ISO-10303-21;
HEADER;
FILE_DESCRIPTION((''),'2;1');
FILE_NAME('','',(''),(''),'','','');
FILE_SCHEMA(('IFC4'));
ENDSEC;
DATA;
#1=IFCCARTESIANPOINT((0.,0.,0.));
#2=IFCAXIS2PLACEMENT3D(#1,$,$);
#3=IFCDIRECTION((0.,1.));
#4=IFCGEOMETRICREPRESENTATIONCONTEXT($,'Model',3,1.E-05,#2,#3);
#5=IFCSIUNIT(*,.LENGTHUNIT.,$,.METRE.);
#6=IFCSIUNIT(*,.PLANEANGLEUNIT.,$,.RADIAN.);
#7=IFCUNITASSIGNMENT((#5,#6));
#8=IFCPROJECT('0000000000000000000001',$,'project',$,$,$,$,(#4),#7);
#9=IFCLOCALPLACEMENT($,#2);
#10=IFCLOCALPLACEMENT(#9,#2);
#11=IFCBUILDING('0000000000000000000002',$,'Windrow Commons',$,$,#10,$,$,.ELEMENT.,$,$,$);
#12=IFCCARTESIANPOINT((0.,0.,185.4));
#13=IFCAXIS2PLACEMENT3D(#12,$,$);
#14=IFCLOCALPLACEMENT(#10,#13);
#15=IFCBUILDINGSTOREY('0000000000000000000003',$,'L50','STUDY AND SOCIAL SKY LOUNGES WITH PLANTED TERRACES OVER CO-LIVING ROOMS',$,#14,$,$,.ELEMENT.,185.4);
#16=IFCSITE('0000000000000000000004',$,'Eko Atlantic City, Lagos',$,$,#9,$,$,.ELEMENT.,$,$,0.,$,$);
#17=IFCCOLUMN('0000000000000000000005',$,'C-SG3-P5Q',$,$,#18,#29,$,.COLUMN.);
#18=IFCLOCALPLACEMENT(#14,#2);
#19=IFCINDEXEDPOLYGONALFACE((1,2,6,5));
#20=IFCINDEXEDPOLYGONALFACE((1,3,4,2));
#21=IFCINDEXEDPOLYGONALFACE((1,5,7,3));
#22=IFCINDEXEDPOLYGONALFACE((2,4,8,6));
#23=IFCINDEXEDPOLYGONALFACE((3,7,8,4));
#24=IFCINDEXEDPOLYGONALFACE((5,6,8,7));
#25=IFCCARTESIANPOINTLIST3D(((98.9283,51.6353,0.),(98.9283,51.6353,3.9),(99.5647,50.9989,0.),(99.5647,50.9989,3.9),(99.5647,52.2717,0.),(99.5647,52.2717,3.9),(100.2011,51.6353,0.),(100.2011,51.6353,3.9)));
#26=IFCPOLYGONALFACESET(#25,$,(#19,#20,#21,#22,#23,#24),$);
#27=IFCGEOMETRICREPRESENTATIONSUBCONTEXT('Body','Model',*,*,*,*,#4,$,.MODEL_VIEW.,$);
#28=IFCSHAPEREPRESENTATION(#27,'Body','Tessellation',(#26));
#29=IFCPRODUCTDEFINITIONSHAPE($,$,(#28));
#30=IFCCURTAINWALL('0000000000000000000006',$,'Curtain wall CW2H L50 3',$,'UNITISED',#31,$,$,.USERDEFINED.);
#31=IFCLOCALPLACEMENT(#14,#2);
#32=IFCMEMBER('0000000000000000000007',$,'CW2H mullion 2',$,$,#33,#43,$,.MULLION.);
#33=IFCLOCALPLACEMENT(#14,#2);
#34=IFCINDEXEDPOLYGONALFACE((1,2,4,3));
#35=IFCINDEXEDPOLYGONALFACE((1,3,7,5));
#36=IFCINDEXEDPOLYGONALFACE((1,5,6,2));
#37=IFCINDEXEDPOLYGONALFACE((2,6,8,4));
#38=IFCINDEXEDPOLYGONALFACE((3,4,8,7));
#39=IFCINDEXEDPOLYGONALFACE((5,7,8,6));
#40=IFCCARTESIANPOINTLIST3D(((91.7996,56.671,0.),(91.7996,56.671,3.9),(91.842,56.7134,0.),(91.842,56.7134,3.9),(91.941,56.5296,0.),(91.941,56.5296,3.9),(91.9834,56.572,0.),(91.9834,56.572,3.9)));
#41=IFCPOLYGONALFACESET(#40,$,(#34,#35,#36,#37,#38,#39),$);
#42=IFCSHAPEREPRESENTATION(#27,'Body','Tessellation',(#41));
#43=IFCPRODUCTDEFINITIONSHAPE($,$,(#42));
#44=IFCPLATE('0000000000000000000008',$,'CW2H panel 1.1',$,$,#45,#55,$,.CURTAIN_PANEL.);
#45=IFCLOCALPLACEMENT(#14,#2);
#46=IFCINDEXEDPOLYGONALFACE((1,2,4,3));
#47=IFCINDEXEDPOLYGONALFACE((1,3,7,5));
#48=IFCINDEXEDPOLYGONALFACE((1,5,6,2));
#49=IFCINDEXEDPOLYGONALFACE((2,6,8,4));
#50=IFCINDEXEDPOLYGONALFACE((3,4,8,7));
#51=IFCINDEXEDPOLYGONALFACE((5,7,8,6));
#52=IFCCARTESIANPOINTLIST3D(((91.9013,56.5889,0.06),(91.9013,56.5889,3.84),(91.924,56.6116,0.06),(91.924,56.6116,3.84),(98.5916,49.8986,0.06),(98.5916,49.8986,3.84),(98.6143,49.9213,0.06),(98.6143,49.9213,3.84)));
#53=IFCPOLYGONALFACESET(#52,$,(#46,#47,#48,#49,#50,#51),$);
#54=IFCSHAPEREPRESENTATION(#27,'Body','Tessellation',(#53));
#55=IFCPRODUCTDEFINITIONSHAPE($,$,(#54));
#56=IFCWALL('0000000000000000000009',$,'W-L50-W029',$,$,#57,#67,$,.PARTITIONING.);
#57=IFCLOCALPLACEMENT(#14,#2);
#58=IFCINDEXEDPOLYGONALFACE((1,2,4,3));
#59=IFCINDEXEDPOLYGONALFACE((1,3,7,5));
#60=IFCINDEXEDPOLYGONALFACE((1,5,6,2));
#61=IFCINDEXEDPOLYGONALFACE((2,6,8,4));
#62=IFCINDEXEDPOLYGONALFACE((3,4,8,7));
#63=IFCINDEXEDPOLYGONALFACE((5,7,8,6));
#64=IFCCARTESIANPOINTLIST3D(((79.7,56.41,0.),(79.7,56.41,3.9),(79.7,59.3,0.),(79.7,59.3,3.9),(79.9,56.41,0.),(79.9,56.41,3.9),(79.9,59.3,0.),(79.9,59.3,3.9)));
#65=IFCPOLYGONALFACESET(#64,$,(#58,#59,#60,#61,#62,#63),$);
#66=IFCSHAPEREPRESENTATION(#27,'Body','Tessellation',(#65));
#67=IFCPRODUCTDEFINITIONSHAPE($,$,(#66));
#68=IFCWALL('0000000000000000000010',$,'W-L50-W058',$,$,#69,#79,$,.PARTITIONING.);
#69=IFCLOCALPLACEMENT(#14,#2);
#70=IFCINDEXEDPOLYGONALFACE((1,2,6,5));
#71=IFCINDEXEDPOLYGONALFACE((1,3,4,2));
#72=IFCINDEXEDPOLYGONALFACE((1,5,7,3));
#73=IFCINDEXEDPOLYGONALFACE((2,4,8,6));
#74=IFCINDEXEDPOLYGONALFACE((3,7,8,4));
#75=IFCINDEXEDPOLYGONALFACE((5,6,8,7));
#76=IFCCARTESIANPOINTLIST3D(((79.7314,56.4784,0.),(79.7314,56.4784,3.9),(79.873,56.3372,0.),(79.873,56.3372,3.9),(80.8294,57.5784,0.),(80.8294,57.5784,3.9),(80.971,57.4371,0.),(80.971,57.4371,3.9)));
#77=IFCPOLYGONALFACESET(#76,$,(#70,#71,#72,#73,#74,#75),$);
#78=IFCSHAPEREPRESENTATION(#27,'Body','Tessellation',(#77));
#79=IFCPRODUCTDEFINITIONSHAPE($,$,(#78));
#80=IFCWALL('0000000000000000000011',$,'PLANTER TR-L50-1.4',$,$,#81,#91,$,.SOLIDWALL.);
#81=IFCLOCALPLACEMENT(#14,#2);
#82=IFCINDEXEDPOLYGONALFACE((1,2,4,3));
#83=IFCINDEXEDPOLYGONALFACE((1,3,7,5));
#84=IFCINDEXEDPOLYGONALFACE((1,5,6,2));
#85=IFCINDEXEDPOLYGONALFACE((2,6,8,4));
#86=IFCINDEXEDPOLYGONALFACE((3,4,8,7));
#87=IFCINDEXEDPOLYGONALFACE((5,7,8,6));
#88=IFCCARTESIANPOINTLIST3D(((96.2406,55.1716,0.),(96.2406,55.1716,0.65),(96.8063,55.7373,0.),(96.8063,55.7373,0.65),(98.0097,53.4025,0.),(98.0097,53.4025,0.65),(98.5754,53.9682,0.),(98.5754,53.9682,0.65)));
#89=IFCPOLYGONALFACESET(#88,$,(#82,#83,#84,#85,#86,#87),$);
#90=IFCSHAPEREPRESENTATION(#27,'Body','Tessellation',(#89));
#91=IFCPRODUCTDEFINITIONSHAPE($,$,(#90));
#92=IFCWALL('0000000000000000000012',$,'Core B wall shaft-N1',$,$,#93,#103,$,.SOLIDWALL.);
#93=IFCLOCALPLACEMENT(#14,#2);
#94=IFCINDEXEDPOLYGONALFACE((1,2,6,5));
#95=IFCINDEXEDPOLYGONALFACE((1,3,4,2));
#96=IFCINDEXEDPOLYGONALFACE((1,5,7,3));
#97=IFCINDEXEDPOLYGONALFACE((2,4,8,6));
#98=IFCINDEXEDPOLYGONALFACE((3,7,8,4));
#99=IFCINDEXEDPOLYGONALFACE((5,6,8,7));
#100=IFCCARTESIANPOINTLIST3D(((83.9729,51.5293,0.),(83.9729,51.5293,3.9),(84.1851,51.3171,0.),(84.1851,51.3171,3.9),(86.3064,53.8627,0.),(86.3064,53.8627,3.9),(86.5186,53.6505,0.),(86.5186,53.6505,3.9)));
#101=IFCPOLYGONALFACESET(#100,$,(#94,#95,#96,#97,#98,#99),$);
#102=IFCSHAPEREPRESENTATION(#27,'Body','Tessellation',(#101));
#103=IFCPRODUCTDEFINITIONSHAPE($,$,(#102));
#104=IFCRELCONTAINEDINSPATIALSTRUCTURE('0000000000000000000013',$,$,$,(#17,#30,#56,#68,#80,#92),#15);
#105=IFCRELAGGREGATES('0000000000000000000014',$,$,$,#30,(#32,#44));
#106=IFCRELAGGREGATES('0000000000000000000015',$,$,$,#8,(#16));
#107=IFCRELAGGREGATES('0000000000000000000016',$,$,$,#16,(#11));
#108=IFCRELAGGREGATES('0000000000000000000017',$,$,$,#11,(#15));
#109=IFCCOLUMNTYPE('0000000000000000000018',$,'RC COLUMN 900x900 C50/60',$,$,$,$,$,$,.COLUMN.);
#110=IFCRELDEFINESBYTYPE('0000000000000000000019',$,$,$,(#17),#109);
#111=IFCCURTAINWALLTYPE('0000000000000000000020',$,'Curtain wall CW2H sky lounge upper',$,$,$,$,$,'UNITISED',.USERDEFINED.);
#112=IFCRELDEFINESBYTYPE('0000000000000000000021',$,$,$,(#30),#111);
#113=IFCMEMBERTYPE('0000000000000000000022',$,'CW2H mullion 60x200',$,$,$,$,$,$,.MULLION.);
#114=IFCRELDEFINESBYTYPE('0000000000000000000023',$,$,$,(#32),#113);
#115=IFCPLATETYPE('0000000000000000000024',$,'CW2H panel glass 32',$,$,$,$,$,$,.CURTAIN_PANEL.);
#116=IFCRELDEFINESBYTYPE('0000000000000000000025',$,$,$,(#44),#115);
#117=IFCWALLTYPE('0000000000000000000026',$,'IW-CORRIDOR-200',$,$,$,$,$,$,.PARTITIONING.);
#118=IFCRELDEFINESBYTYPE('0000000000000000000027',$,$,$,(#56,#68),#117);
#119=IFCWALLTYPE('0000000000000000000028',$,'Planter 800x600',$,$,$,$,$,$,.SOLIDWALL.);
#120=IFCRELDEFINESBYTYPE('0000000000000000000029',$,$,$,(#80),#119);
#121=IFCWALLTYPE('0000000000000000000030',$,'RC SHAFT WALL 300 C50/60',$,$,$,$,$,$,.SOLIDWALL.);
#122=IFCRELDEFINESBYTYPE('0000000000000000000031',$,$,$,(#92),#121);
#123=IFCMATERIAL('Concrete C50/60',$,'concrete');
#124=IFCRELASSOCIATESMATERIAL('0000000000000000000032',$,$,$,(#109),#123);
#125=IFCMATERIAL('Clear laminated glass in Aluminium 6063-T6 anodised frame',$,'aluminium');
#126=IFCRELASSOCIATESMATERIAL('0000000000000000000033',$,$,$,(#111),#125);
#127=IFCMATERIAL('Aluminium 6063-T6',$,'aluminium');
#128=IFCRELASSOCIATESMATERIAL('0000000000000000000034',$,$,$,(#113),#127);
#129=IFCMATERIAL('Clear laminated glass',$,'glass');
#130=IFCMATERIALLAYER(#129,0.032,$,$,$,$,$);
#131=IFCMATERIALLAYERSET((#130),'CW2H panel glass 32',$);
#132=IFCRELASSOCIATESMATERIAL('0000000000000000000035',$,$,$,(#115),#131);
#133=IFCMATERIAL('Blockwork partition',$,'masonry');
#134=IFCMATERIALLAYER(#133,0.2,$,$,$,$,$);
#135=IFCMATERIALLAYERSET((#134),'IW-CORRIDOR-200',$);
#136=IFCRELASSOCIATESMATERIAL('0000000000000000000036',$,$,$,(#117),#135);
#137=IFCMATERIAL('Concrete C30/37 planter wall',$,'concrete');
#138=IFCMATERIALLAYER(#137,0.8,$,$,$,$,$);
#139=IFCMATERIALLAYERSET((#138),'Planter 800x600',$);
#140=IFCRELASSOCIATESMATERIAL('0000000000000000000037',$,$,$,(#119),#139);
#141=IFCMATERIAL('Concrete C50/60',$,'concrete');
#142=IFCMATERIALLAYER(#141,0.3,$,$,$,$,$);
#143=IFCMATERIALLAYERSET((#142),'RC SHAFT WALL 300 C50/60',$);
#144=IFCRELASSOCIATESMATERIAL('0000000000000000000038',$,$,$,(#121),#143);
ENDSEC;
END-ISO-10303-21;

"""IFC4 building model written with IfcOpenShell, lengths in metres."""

from ifc_helpers import new_model, si_unit, direction, frame, frame_2d, origin, origin_2d, place, context, subcontext, project, spatial, rectangle, extrude, material, layer, layer_set, material_profile, profile_set, type_object, element, aggregate, save


model = new_model("IFC4")

# Units and contexts
model_context = context("Model", 3, precision=1e-05, world=origin(), true_north=direction((0.0, 1.0)))
body_context = subcontext(model_context, "Body", "Model", "MODEL_VIEW")
ifc_project = project(units=[si_unit("LENGTHUNIT", "METRE"), si_unit("PLANEANGLEUNIT", "RADIAN")], contexts=[model_context])

# Site, building, storey
site_placement = place(None, origin())
site = spatial("IfcSite", under=ifc_project, at=site_placement, Name="Eko Atlantic City, Lagos", CompositionType="ELEMENT", RefElevation=0.0)
building_placement = place(site_placement, origin())
building = spatial("IfcBuilding", under=site, at=building_placement, Name="Windrow Commons", CompositionType="ELEMENT")
storey_placement = place(building_placement, frame((0.0, 0.0, 185.4)))
storey = spatial("IfcBuildingStorey", under=building, at=storey_placement, Name="L50", Description="STUDY AND SOCIAL SKY LOUNGES WITH PLANTED TERRACES OVER CO-LIVING ROOMS", CompositionType="ELEMENT", Elevation=185.4)

# Column
ifc_material_1 = material(Name="Concrete C50/60", Category="concrete")
ifc_material_profile_1 = material_profile(ifc_material_1, rectangle(XDim=0.9, YDim=0.9, at=origin_2d()))
ifc_profile_set_1 = profile_set([ifc_material_profile_1], Name="Concrete C50/60")
column_type = type_object("IfcColumnType", Name="RC COLUMN 900x900 C50/60", PredefinedType="COLUMN", material=ifc_profile_set_1)
column_placement = place(storey_placement, frame((99.5647, 51.6353, 0.0), z_axis=(0.0, 0.0, 1.0), x_axis=(0.707107, -0.707107, 0.0)))
element("IfcColumn", 1, at=column_placement, inside=storey, type_object=column_type, Name="C-SG3-P5Q", PredefinedType="COLUMN", context=body_context, shape_type="SweptSolid", body=[
    extrude(rectangle(XDim=0.9, YDim=0.9, at=origin_2d()), origin(), (0.0, 0.0, 1.0), 3.9),
])

# Curtain wall, member, plate
ifc_material_2 = material(Name="Clear laminated glass in Aluminium 6063-T6 anodised frame", Category="aluminium")
curtain_wall_type = type_object("IfcCurtainWallType", Name="Curtain wall CW2H sky lounge upper", ElementType="UNITISED", PredefinedType="USERDEFINED", material=ifc_material_2)
placement = place(storey_placement, origin())
curtain_wall = element("IfcCurtainWall", 2, at=placement, inside=storey, type_object=curtain_wall_type, Name="Curtain wall CW2H L50 3", ObjectType="UNITISED", PredefinedType="USERDEFINED")
ifc_material_3 = material(Name="Aluminium 6063-T6", Category="aluminium")
ifc_material_profile_2 = material_profile(ifc_material_3, rectangle(XDim=0.06, YDim=0.2, at=origin_2d()))
ifc_profile_set_2 = profile_set([ifc_material_profile_2], Name="Aluminium 6063-T6")
member_type = type_object("IfcMemberType", Name="CW2H mullion 60x200", PredefinedType="MULLION", material=ifc_profile_set_2)
member_placement = place(storey_placement, frame((91.8915, 56.6215, 0.0), z_axis=(0.0, 0.0, 1.0), x_axis=(-0.707107, -0.707107, 0.0)))
member = element("IfcMember", 3, at=member_placement, type_object=member_type, Name="CW2H mullion 2", PredefinedType="MULLION", context=body_context, shape_type="SweptSolid", body=[
    extrude(rectangle(XDim=0.06, YDim=0.2, at=origin_2d()), origin(), (0.0, 0.0, 1.0), 3.9),
])
ifc_material_4 = material(Name="Clear laminated glass", Category="glass")
ifc_layer_1 = layer(ifc_material_4, 0.032)
ifc_layer_set_1 = layer_set([ifc_layer_1], Name="CW2H panel glass 32")
plate_type = type_object("IfcPlateType", Name="CW2H panel glass 32", PredefinedType="CURTAIN_PANEL", material=ifc_layer_set_1)
plate_placement = place(storey_placement, frame((95.2578, 53.2551, 0.06), z_axis=(0.0, 0.0, 1.0), x_axis=(-0.707107, 0.707107, 0.0)))
plate = element("IfcPlate", 4, at=plate_placement, type_object=plate_type, Name="CW2H panel 1.1", PredefinedType="CURTAIN_PANEL", context=body_context, shape_type="SweptSolid", body=[
    extrude(rectangle(XDim=9.4615, YDim=0.032, at=origin_2d()), origin(), (0.0, 0.0, 1.0), 3.78),
])
aggregate(curtain_wall, [member, plate])

# Walls
ifc_material_5 = material(Name="Blockwork partition", Category="masonry")
ifc_layer_2 = layer(ifc_material_5, 0.2)
ifc_layer_set_2 = layer_set([ifc_layer_2], Name="IW-CORRIDOR-200")
wall_type_1 = type_object("IfcWallType", Name="IW-CORRIDOR-200", PredefinedType="PARTITIONING", material=ifc_layer_set_2)
wall_1_placement = place(storey_placement, frame((79.8, 56.41, 0.0), z_axis=(0.0, 0.0, 1.0), x_axis=(0.0, 1.0, 0.0)))
element("IfcWall", 5, at=wall_1_placement, inside=storey, type_object=wall_type_1, Name="W-L50-W029", PredefinedType="PARTITIONING", context=body_context, shape_type="SweptSolid", body=[
    extrude(rectangle(XDim=2.89, YDim=0.2, at=frame_2d((1.445, 0.0))), origin(), (0.0, 0.0, 1.0), 3.9),
])
wall_2_placement = place(storey_placement, frame((79.8022, 56.4078, 0.0), z_axis=(0.0, 0.0, 1.0), x_axis=(0.706463, 0.70775, 0.0)))
element("IfcWall", 6, at=wall_2_placement, inside=storey, type_object=wall_type_1, Name="W-L50-W058", PredefinedType="PARTITIONING", context=body_context, shape_type="SweptSolid", body=[
    extrude(rectangle(XDim=1.5542, YDim=0.2, at=frame_2d((0.7771, 0.0))), origin(), (0.0, 0.0, 1.0), 3.9),
])
ifc_material_6 = material(Name="Concrete C30/37 planter wall", Category="concrete")
ifc_layer_3 = layer(ifc_material_6, 0.8)
ifc_layer_set_3 = layer_set([ifc_layer_3], Name="Planter 800x600")
wall_type_2 = type_object("IfcWallType", Name="Planter 800x600", PredefinedType="SOLIDWALL", material=ifc_layer_set_3)
wall_3_placement = place(storey_placement, frame((98.2926, 53.6853, 0.0), z_axis=(0.0, 0.0, 1.0), x_axis=(-0.707107, 0.707107, 0.0)))
element("IfcWall", 7, at=wall_3_placement, inside=storey, type_object=wall_type_2, Name="PLANTER TR-L50-1.4", PredefinedType="SOLIDWALL", context=body_context, shape_type="SweptSolid", body=[
    extrude(rectangle(XDim=2.5019, YDim=0.8, at=frame_2d((1.251, 0.0))), origin(), (0.0, 0.0, 1.0), 0.65),
])
ifc_material_7 = material(Name="Concrete C50/60", Category="concrete")
ifc_layer_4 = layer(ifc_material_7, 0.3)
ifc_layer_set_4 = layer_set([ifc_layer_4], Name="RC SHAFT WALL 300 C50/60")
wall_type_3 = type_object("IfcWallType", Name="RC SHAFT WALL 300 C50/60", PredefinedType="SOLIDWALL", material=ifc_layer_set_4)
wall_4_placement = place(storey_placement, frame((84.079, 51.4232, 0.0), z_axis=(0.0, 0.0, 1.0), x_axis=(0.707122, 0.707092, 0.0)))
element("IfcWall", 8, at=wall_4_placement, inside=storey, type_object=wall_type_3, Name="Core B wall shaft-N1", PredefinedType="SOLIDWALL", context=body_context, shape_type="SweptSolid", body=[
    extrude(rectangle(XDim=3.3, YDim=0.3, at=frame_2d((1.65, 0.0))), origin(), (0.0, 0.0, 1.0), 3.9),
])

save(model, "model.ifc")
